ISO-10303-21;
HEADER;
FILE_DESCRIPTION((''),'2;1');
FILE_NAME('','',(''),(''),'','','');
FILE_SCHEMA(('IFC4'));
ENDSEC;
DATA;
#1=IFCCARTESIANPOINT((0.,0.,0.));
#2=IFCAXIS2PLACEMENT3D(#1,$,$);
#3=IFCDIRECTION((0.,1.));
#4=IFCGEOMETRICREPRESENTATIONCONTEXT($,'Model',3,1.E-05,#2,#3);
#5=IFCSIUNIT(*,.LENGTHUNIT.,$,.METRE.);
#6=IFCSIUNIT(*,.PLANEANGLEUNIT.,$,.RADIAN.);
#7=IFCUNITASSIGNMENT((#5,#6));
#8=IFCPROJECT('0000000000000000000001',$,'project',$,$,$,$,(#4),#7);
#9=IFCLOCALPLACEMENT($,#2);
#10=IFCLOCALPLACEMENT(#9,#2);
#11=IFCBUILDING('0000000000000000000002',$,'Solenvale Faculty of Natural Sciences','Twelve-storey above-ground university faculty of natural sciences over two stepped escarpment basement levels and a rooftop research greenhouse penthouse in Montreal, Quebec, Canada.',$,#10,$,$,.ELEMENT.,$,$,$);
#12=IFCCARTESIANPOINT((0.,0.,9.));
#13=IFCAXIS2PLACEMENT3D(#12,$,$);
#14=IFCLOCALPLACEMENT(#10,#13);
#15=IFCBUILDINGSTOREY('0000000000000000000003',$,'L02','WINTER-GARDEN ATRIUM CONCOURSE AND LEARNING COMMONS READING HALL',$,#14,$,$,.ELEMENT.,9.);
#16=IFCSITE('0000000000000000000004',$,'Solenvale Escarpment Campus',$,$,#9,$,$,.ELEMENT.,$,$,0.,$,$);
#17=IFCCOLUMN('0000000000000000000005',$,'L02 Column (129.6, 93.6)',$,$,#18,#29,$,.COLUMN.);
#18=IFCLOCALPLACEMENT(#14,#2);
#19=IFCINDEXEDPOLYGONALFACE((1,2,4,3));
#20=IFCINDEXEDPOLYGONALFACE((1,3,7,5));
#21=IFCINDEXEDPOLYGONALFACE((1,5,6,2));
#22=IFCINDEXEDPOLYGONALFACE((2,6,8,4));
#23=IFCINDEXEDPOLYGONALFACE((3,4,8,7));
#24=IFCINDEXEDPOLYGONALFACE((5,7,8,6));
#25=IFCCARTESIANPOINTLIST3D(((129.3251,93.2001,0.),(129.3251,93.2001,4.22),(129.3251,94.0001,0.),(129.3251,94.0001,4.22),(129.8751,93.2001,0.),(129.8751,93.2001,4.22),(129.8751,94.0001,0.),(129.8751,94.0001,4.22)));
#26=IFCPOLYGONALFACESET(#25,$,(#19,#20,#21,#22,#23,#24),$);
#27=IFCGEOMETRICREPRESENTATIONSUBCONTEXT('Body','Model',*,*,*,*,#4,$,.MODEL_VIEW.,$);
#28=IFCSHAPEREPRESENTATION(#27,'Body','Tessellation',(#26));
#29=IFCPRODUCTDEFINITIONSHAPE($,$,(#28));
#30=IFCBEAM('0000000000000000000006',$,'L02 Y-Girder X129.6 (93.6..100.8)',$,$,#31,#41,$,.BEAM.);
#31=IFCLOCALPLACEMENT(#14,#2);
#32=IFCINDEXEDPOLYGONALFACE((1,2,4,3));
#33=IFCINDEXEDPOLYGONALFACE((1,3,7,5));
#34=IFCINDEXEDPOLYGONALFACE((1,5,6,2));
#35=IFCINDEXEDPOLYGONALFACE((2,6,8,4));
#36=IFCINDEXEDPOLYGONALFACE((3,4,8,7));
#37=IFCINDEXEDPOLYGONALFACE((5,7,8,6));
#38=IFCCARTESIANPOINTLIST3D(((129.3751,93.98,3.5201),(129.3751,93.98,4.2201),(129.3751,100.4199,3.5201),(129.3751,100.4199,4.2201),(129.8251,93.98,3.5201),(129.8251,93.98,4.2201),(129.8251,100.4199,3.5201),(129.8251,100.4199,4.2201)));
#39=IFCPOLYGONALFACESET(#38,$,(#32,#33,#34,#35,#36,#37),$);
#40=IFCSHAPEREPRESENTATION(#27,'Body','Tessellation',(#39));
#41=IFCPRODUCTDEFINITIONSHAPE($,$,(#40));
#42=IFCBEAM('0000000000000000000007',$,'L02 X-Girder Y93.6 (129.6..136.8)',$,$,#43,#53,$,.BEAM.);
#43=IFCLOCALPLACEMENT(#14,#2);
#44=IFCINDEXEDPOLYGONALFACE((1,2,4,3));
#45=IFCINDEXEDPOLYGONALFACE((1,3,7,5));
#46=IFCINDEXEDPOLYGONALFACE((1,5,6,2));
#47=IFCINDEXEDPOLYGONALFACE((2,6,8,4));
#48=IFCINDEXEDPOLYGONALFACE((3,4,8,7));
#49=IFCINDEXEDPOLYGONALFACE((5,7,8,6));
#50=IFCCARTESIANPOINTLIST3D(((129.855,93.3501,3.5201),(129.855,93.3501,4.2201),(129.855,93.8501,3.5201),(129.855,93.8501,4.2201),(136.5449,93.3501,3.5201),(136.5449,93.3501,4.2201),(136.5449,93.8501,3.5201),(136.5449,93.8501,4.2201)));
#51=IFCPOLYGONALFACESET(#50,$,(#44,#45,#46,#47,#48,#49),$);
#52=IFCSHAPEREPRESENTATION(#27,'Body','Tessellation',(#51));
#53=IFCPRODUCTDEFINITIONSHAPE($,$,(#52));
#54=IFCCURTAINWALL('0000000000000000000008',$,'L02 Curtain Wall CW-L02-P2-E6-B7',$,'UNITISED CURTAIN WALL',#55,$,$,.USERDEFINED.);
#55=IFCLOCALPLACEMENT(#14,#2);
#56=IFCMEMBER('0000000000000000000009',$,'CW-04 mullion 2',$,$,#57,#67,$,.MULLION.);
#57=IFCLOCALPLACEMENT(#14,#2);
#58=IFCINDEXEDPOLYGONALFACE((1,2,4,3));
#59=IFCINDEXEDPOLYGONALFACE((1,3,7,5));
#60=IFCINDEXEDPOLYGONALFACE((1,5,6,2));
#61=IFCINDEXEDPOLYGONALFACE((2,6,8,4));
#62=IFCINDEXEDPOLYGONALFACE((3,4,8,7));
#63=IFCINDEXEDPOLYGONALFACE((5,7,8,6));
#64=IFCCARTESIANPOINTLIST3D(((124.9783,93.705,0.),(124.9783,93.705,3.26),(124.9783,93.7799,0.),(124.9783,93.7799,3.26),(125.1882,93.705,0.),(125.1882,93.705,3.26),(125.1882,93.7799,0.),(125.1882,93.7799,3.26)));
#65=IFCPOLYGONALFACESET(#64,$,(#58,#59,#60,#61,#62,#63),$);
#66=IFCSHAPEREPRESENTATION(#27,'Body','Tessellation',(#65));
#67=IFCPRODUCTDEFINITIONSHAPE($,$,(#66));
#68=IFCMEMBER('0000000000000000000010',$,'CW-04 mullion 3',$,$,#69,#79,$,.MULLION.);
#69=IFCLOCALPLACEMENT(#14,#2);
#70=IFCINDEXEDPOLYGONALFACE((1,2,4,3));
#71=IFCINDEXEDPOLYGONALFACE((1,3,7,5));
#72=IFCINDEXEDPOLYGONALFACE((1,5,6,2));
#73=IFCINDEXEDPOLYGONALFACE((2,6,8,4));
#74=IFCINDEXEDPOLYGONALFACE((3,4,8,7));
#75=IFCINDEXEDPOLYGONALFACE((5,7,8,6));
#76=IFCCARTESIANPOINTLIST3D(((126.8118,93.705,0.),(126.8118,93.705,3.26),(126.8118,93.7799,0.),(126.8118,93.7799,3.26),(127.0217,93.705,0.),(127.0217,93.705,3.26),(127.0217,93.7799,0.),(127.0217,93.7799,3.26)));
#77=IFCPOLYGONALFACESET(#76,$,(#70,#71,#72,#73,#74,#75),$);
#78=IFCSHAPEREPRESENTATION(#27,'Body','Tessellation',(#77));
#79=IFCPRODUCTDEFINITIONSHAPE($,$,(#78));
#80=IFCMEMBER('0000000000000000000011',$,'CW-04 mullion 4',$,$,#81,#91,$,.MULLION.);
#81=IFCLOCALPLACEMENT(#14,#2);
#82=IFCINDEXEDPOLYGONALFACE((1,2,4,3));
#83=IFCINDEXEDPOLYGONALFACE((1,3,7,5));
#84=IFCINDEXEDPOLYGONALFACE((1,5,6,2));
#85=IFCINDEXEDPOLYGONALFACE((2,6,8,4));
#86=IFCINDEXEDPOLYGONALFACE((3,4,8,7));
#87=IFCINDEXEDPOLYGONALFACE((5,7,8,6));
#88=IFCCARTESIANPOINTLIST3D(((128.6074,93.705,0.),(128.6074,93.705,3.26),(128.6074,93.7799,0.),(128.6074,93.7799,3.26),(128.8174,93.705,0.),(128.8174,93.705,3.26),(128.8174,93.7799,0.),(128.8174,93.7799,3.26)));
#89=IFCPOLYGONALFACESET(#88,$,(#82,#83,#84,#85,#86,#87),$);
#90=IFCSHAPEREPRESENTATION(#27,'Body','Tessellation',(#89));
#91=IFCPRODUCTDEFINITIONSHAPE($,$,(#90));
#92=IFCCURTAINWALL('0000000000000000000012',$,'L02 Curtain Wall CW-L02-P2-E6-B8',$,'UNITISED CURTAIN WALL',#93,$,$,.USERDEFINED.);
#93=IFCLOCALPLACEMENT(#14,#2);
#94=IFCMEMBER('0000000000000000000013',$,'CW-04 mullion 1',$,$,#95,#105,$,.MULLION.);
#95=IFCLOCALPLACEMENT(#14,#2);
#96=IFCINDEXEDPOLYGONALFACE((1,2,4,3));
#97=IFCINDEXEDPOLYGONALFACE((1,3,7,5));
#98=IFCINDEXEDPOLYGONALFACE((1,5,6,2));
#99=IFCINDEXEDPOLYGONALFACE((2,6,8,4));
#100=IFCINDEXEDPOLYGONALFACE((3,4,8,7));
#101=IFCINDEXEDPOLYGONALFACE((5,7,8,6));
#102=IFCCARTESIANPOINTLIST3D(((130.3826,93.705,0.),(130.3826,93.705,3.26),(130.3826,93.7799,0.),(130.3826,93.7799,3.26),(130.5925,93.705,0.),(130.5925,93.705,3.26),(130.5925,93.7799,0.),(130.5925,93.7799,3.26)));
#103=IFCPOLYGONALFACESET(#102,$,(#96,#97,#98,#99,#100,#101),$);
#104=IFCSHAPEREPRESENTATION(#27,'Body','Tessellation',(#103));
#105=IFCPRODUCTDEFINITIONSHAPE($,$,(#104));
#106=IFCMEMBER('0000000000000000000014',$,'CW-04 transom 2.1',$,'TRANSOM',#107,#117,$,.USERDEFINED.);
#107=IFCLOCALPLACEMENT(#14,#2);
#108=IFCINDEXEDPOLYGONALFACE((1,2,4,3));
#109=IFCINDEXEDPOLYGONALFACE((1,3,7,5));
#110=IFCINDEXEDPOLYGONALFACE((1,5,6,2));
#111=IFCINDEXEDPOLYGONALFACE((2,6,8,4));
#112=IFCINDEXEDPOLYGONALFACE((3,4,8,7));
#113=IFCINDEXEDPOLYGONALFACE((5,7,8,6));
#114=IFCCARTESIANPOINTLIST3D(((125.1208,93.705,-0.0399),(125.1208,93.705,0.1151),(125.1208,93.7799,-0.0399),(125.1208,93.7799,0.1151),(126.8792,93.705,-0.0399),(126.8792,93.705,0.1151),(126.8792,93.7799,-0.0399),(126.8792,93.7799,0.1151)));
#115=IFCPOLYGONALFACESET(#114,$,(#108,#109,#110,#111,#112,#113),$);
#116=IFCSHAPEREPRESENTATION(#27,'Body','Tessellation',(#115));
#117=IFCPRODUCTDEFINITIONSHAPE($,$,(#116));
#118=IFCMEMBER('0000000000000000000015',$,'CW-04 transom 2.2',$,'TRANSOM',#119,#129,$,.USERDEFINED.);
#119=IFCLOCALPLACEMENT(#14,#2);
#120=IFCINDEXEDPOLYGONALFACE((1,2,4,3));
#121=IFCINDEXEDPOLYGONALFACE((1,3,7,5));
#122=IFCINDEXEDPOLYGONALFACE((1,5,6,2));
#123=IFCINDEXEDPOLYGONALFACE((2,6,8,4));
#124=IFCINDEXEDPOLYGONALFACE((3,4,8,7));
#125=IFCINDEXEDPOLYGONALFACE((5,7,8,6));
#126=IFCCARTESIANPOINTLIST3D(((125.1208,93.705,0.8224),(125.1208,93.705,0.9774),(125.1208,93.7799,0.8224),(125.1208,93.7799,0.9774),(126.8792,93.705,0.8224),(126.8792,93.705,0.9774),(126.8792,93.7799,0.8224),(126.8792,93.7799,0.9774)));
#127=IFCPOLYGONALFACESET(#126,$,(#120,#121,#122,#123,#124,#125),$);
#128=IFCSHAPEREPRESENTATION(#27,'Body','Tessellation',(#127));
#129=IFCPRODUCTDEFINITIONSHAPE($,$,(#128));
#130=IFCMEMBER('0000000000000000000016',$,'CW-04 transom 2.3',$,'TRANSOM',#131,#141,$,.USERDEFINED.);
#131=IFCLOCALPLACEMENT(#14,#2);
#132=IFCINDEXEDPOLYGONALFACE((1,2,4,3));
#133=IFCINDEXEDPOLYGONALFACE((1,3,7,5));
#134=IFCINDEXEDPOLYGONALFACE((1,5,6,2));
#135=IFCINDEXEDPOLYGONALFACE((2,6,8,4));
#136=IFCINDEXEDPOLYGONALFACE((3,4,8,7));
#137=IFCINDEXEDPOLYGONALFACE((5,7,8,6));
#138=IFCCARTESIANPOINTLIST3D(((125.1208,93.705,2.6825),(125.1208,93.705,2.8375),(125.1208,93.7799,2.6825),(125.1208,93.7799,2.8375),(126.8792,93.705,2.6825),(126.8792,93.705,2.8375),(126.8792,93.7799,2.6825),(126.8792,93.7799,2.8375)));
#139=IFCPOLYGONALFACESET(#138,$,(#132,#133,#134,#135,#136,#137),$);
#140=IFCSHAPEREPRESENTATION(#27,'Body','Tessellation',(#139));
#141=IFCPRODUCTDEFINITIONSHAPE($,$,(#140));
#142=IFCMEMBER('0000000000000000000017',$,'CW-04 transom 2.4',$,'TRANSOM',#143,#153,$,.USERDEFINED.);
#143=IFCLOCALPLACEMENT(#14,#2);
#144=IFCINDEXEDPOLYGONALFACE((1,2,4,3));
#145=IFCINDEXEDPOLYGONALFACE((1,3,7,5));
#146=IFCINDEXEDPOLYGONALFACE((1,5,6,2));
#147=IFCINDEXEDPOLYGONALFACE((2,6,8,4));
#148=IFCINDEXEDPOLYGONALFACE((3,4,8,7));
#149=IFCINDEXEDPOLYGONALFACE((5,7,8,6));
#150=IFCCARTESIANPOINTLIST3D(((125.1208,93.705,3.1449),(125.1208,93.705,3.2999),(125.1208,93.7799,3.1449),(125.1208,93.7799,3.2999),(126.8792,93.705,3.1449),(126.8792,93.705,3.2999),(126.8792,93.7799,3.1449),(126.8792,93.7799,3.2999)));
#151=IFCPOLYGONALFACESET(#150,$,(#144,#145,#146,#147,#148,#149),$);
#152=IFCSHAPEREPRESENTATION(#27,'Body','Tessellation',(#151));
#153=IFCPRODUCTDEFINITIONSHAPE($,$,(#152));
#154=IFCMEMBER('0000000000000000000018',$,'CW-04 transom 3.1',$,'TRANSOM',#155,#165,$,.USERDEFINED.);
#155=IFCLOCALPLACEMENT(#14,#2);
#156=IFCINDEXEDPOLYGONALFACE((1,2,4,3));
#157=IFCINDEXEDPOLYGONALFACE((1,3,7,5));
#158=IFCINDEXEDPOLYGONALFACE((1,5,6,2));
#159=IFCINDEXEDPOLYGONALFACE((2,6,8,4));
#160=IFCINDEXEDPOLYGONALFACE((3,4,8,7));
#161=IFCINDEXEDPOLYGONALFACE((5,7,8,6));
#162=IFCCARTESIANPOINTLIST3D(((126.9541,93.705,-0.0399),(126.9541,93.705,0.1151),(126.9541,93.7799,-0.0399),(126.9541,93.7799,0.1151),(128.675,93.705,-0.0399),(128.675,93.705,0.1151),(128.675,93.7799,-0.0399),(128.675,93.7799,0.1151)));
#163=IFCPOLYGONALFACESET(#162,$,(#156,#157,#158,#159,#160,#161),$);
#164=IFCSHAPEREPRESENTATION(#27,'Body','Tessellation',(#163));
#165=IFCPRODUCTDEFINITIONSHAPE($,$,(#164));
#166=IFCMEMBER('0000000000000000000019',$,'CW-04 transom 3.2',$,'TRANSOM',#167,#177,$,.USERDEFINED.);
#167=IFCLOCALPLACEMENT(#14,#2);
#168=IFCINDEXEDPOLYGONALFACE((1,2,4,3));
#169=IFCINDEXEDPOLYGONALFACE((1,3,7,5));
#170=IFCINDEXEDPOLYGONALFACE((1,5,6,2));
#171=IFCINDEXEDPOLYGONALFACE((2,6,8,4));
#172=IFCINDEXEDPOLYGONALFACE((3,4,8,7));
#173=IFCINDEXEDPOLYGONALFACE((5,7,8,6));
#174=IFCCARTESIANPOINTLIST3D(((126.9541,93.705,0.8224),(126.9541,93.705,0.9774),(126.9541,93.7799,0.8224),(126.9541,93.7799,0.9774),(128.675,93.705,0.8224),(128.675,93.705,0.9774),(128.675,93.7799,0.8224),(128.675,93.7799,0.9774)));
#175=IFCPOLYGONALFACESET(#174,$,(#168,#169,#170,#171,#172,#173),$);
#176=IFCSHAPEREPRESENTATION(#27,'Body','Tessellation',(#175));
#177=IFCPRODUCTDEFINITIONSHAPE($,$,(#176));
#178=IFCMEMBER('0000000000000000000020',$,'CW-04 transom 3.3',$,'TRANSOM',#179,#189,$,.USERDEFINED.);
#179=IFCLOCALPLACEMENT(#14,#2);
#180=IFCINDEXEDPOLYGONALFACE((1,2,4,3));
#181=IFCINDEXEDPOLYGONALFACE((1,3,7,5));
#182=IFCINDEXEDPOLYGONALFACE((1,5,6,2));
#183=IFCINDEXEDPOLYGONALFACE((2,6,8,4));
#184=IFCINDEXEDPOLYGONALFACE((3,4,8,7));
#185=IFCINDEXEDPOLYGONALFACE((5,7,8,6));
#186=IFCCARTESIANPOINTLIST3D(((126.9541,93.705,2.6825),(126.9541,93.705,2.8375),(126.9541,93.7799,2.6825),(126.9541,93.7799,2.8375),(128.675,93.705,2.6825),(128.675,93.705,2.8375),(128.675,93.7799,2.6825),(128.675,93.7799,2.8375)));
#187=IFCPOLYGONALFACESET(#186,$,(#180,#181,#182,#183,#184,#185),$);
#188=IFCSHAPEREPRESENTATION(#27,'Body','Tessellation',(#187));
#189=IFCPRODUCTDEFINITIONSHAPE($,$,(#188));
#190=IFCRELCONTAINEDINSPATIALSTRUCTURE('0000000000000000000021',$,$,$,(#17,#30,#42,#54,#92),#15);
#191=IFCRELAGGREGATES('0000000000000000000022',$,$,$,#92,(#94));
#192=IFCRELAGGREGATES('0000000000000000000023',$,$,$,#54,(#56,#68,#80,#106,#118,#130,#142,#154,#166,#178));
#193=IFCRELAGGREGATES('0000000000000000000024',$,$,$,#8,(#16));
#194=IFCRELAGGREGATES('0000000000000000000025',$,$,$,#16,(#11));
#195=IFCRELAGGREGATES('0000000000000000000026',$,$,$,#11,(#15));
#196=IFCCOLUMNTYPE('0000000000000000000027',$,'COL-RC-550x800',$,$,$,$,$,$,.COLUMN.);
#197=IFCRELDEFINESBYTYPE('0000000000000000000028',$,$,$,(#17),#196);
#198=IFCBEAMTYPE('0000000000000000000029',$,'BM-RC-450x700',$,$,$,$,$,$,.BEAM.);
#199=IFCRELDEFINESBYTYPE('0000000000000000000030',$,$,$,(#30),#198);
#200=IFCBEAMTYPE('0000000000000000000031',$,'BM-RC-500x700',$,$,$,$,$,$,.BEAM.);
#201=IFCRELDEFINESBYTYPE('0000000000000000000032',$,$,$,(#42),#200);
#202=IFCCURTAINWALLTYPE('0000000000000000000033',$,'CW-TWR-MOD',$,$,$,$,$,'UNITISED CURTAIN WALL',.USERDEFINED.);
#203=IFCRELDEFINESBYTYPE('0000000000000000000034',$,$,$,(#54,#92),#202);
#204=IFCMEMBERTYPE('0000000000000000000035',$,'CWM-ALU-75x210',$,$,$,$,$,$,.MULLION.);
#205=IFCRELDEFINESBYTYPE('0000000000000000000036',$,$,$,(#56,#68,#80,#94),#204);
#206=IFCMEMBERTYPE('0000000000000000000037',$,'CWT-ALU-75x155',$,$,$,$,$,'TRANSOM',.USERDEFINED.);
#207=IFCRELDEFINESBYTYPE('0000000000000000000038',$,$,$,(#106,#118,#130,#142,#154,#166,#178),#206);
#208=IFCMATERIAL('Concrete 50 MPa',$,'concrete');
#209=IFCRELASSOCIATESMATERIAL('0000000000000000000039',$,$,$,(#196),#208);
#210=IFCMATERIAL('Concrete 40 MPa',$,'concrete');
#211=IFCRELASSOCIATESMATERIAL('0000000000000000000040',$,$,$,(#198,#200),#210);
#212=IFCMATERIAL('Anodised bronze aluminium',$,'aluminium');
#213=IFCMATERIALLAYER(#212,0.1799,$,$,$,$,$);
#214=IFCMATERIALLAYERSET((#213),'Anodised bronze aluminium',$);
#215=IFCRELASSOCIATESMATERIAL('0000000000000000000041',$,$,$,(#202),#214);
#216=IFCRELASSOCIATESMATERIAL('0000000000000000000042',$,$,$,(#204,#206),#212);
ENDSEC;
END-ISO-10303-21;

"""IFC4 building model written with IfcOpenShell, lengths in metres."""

from ifc_helpers import new_model, si_unit, direction, frame, origin, origin_2d, place, context, subcontext, project, spatial, rectangle, extrude, material, layer, layer_set, material_profile, profile_set, type_object, element, aggregate, save


model = new_model("IFC4")

# Units and contexts
model_context = context("Model", 3, precision=1e-05, world=origin(), true_north=direction((0.0, 1.0)))
body_context = subcontext(model_context, "Body", "Model", "MODEL_VIEW")
ifc_project = project(units=[si_unit("LENGTHUNIT", "METRE"), si_unit("PLANEANGLEUNIT", "RADIAN")], contexts=[model_context])

# Site, building, storey
site_placement = place(None, origin())
site = spatial("IfcSite", under=ifc_project, at=site_placement, Name="Solenvale Escarpment Campus", CompositionType="ELEMENT", RefElevation=0.0)
building_placement = place(site_placement, origin())
building = spatial("IfcBuilding", under=site, at=building_placement, Name="Solenvale Faculty of Natural Sciences", Description="Twelve-storey above-ground university faculty of natural sciences over two stepped escarpment basement levels and a rooftop research greenhouse penthouse in Montreal, Quebec, Canada.", CompositionType="ELEMENT")
storey_placement = place(building_placement, frame((0.0, 0.0, 9.0)))
storey = spatial("IfcBuildingStorey", under=building, at=storey_placement, Name="L02", Description="WINTER-GARDEN ATRIUM CONCOURSE AND LEARNING COMMONS READING HALL", CompositionType="ELEMENT", Elevation=9.0)

# Column
ifc_material_1 = material(Name="Concrete 50 MPa", Category="concrete")
ifc_material_profile_1 = material_profile(ifc_material_1, rectangle(XDim=0.55, YDim=0.8, at=origin_2d()), Name="RC-COL-550x800")
ifc_profile_set_1 = profile_set([ifc_material_profile_1], Name="Concrete 50 MPa")
column_type = type_object("IfcColumnType", Name="COL-RC-550x800", PredefinedType="COLUMN", material=ifc_profile_set_1)
column_placement = place(storey_placement, frame((129.6001, 93.6001, 0.0), z_axis=(0.0, 0.0, 1.0), x_axis=(1.0, 0.0, 0.0)))
element("IfcColumn", 1, at=column_placement, inside=storey, type_object=column_type, Name="L02 Column (129.6, 93.6)", PredefinedType="COLUMN", context=body_context, shape_type="SweptSolid", body=[
    extrude(rectangle(XDim=0.55, YDim=0.8, at=origin_2d()), origin(), (0.0, 0.0, 1.0), 4.22),
])

# Beams
ifc_material_2 = material(Name="Concrete 40 MPa", Category="concrete")
ifc_material_profile_2 = material_profile(ifc_material_2, rectangle(XDim=0.45, YDim=0.7, at=origin_2d()), Name="RC-BM-450x700")
ifc_profile_set_2 = profile_set([ifc_material_profile_2], Name="Concrete 40 MPa")
beam_type_1 = type_object("IfcBeamType", Name="BM-RC-450x700", PredefinedType="BEAM", material=ifc_profile_set_2)
beam_1_placement = place(storey_placement, frame((129.6001, 93.98, 3.8701), z_axis=(0.0, 1.0, 0.0), x_axis=(-1.0, 0.0, 0.0)))
element("IfcBeam", 2, at=beam_1_placement, inside=storey, type_object=beam_type_1, Name="L02 Y-Girder X129.6 (93.6..100.8)", PredefinedType="BEAM", context=body_context, shape_type="SweptSolid", body=[
    extrude(rectangle(XDim=0.45, YDim=0.7, at=origin_2d()), origin(), (0.0, 0.0, 1.0), 6.4399),
])
ifc_material_profile_3 = material_profile(ifc_material_2, rectangle(XDim=0.5, YDim=0.7, at=origin_2d()), Name="RC-BM-500x700")
ifc_profile_set_3 = profile_set([ifc_material_profile_3], Name="Concrete 40 MPa")
beam_type_2 = type_object("IfcBeamType", Name="BM-RC-500x700", PredefinedType="BEAM", material=ifc_profile_set_3)
beam_2_placement = place(storey_placement, frame((129.855, 93.6001, 3.8701), z_axis=(1.0, 0.0, 0.0), x_axis=(0.0, 1.0, 0.0)))
element("IfcBeam", 3, at=beam_2_placement, inside=storey, type_object=beam_type_2, Name="L02 X-Girder Y93.6 (129.6..136.8)", PredefinedType="BEAM", context=body_context, shape_type="SweptSolid", body=[
    extrude(rectangle(XDim=0.5, YDim=0.7, at=origin_2d()), origin(), (0.0, 0.0, 1.0), 6.6899),
])

# Curtain wall, members
ifc_material_3 = material(Name="Anodised bronze aluminium", Category="aluminium")
ifc_layer_1 = layer(ifc_material_3, 0.1799)
ifc_layer_set_1 = layer_set([ifc_layer_1], Name="Anodised bronze aluminium")
curtain_wall_type = type_object("IfcCurtainWallType", Name="CW-TWR-MOD", ElementType="UNITISED CURTAIN WALL", PredefinedType="USERDEFINED", material=ifc_layer_set_1)
curtain_wall_1_placement = place(storey_placement, origin())
curtain_wall_1 = element("IfcCurtainWall", 4, at=curtain_wall_1_placement, inside=storey, type_object=curtain_wall_type, Name="L02 Curtain Wall CW-L02-P2-E6-B7", ObjectType="UNITISED CURTAIN WALL", PredefinedType="USERDEFINED")
ifc_material_profile_4 = material_profile(ifc_material_3, rectangle(XDim=0.075, YDim=0.21, at=origin_2d()), Name="ALU-MUL-75x210")
ifc_profile_set_4 = profile_set([ifc_material_profile_4], Name="Anodised bronze aluminium")
member_type_1 = type_object("IfcMemberType", Name="CWM-ALU-75x210", PredefinedType="MULLION", material=ifc_profile_set_4)
member_1_placement = place(storey_placement, frame((125.0833, 93.7424, 0.0), z_axis=(0.0, 0.0, 1.0), x_axis=(0.0, 1.0, 0.0)))
member_1 = element("IfcMember", 5, at=member_1_placement, type_object=member_type_1, Name="CW-04 mullion 2", PredefinedType="MULLION", context=body_context, shape_type="SweptSolid", body=[
    extrude(rectangle(XDim=0.075, YDim=0.21, at=origin_2d()), origin(), (0.0, 0.0, 1.0), 3.26),
])
member_2_placement = place(storey_placement, frame((126.9167, 93.7424, 0.0), z_axis=(0.0, 0.0, 1.0), x_axis=(0.0, 1.0, 0.0)))
member_2 = element("IfcMember", 6, at=member_2_placement, type_object=member_type_1, Name="CW-04 mullion 3", PredefinedType="MULLION", context=body_context, shape_type="SweptSolid", body=[
    extrude(rectangle(XDim=0.075, YDim=0.21, at=origin_2d()), origin(), (0.0, 0.0, 1.0), 3.26),
])
member_3_placement = place(storey_placement, frame((128.7124, 93.7424, 0.0), z_axis=(0.0, 0.0, 1.0), x_axis=(0.0, 1.0, 0.0)))
member_3 = element("IfcMember", 7, at=member_3_placement, type_object=member_type_1, Name="CW-04 mullion 4", PredefinedType="MULLION", context=body_context, shape_type="SweptSolid", body=[
    extrude(rectangle(XDim=0.075, YDim=0.21, at=origin_2d()), origin(), (0.0, 0.0, 1.0), 3.26),
])

# Curtain wall, member
curtain_wall_2_placement = place(storey_placement, origin())
curtain_wall_2 = element("IfcCurtainWall", 8, at=curtain_wall_2_placement, inside=storey, type_object=curtain_wall_type, Name="L02 Curtain Wall CW-L02-P2-E6-B8", ObjectType="UNITISED CURTAIN WALL", PredefinedType="USERDEFINED")
member_4_placement = place(storey_placement, frame((130.4875, 93.7424, 0.0), z_axis=(0.0, 0.0, 1.0), x_axis=(0.0, 1.0, 0.0)))
member_4 = element("IfcMember", 9, at=member_4_placement, type_object=member_type_1, Name="CW-04 mullion 1", PredefinedType="MULLION", context=body_context, shape_type="SweptSolid", body=[
    extrude(rectangle(XDim=0.075, YDim=0.21, at=origin_2d()), origin(), (0.0, 0.0, 1.0), 3.26),
])

# Members
ifc_material_profile_5 = material_profile(ifc_material_3, rectangle(XDim=0.075, YDim=0.155, at=origin_2d()), Name="ALU-TRN-75x155")
ifc_profile_set_5 = profile_set([ifc_material_profile_5], Name="Anodised bronze aluminium")
member_type_2 = type_object("IfcMemberType", Name="CWT-ALU-75x155", ElementType="TRANSOM", PredefinedType="USERDEFINED", material=ifc_profile_set_5)
member_5_placement = place(storey_placement, frame((125.1208, 93.7424, 0.0376), z_axis=(1.0, 0.0, 0.0), x_axis=(0.0, 1.0, 0.0)))
member_5 = element("IfcMember", 10, at=member_5_placement, type_object=member_type_2, Name="CW-04 transom 2.1", ObjectType="TRANSOM", PredefinedType="USERDEFINED", context=body_context, shape_type="SweptSolid", body=[
    extrude(rectangle(XDim=0.075, YDim=0.155, at=origin_2d()), origin(), (0.0, 0.0, 1.0), 1.7583),
])
member_6_placement = place(storey_placement, frame((125.1208, 93.7424, 0.8999), z_axis=(1.0, 0.0, 0.0), x_axis=(0.0, 1.0, 0.0)))
member_6 = element("IfcMember", 11, at=member_6_placement, type_object=member_type_2, Name="CW-04 transom 2.2", ObjectType="TRANSOM", PredefinedType="USERDEFINED", context=body_context, shape_type="SweptSolid", body=[
    extrude(rectangle(XDim=0.075, YDim=0.155, at=origin_2d()), origin(), (0.0, 0.0, 1.0), 1.7583),
])
member_7_placement = place(storey_placement, frame((125.1208, 93.7424, 2.76), z_axis=(1.0, 0.0, 0.0), x_axis=(0.0, 1.0, 0.0)))
member_7 = element("IfcMember", 12, at=member_7_placement, type_object=member_type_2, Name="CW-04 transom 2.3", ObjectType="TRANSOM", PredefinedType="USERDEFINED", context=body_context, shape_type="SweptSolid", body=[
    extrude(rectangle(XDim=0.075, YDim=0.155, at=origin_2d()), origin(), (0.0, 0.0, 1.0), 1.7583),
])
member_8_placement = place(storey_placement, frame((125.1208, 93.7424, 3.2224), z_axis=(1.0, 0.0, 0.0), x_axis=(0.0, 1.0, 0.0)))
member_8 = element("IfcMember", 13, at=member_8_placement, type_object=member_type_2, Name="CW-04 transom 2.4", ObjectType="TRANSOM", PredefinedType="USERDEFINED", context=body_context, shape_type="SweptSolid", body=[
    extrude(rectangle(XDim=0.075, YDim=0.155, at=origin_2d()), origin(), (0.0, 0.0, 1.0), 1.7583),
])
member_9_placement = place(storey_placement, frame((126.9541, 93.7424, 0.0376), z_axis=(1.0, 0.0, 0.0), x_axis=(0.0, 1.0, 0.0)))
member_9 = element("IfcMember", 14, at=member_9_placement, type_object=member_type_2, Name="CW-04 transom 3.1", ObjectType="TRANSOM", PredefinedType="USERDEFINED", context=body_context, shape_type="SweptSolid", body=[
    extrude(rectangle(XDim=0.075, YDim=0.155, at=origin_2d()), origin(), (0.0, 0.0, 1.0), 1.7209),
])
member_10_placement = place(storey_placement, frame((126.9541, 93.7424, 0.8999), z_axis=(1.0, 0.0, 0.0), x_axis=(0.0, 1.0, 0.0)))
member_10 = element("IfcMember", 15, at=member_10_placement, type_object=member_type_2, Name="CW-04 transom 3.2", ObjectType="TRANSOM", PredefinedType="USERDEFINED", context=body_context, shape_type="SweptSolid", body=[
    extrude(rectangle(XDim=0.075, YDim=0.155, at=origin_2d()), origin(), (0.0, 0.0, 1.0), 1.7209),
])
member_11_placement = place(storey_placement, frame((126.9541, 93.7424, 2.76), z_axis=(1.0, 0.0, 0.0), x_axis=(0.0, 1.0, 0.0)))
member_11 = element("IfcMember", 16, at=member_11_placement, type_object=member_type_2, Name="CW-04 transom 3.3", ObjectType="TRANSOM", PredefinedType="USERDEFINED", context=body_context, shape_type="SweptSolid", body=[
    extrude(rectangle(XDim=0.075, YDim=0.155, at=origin_2d()), origin(), (0.0, 0.0, 1.0), 1.7209),
])
aggregate(curtain_wall_2, [member_4])

aggregate(curtain_wall_1, [member_1, member_2, member_3, member_5, member_6, member_7, member_8, member_9, member_10, member_11])

save(model, "model.ifc")
